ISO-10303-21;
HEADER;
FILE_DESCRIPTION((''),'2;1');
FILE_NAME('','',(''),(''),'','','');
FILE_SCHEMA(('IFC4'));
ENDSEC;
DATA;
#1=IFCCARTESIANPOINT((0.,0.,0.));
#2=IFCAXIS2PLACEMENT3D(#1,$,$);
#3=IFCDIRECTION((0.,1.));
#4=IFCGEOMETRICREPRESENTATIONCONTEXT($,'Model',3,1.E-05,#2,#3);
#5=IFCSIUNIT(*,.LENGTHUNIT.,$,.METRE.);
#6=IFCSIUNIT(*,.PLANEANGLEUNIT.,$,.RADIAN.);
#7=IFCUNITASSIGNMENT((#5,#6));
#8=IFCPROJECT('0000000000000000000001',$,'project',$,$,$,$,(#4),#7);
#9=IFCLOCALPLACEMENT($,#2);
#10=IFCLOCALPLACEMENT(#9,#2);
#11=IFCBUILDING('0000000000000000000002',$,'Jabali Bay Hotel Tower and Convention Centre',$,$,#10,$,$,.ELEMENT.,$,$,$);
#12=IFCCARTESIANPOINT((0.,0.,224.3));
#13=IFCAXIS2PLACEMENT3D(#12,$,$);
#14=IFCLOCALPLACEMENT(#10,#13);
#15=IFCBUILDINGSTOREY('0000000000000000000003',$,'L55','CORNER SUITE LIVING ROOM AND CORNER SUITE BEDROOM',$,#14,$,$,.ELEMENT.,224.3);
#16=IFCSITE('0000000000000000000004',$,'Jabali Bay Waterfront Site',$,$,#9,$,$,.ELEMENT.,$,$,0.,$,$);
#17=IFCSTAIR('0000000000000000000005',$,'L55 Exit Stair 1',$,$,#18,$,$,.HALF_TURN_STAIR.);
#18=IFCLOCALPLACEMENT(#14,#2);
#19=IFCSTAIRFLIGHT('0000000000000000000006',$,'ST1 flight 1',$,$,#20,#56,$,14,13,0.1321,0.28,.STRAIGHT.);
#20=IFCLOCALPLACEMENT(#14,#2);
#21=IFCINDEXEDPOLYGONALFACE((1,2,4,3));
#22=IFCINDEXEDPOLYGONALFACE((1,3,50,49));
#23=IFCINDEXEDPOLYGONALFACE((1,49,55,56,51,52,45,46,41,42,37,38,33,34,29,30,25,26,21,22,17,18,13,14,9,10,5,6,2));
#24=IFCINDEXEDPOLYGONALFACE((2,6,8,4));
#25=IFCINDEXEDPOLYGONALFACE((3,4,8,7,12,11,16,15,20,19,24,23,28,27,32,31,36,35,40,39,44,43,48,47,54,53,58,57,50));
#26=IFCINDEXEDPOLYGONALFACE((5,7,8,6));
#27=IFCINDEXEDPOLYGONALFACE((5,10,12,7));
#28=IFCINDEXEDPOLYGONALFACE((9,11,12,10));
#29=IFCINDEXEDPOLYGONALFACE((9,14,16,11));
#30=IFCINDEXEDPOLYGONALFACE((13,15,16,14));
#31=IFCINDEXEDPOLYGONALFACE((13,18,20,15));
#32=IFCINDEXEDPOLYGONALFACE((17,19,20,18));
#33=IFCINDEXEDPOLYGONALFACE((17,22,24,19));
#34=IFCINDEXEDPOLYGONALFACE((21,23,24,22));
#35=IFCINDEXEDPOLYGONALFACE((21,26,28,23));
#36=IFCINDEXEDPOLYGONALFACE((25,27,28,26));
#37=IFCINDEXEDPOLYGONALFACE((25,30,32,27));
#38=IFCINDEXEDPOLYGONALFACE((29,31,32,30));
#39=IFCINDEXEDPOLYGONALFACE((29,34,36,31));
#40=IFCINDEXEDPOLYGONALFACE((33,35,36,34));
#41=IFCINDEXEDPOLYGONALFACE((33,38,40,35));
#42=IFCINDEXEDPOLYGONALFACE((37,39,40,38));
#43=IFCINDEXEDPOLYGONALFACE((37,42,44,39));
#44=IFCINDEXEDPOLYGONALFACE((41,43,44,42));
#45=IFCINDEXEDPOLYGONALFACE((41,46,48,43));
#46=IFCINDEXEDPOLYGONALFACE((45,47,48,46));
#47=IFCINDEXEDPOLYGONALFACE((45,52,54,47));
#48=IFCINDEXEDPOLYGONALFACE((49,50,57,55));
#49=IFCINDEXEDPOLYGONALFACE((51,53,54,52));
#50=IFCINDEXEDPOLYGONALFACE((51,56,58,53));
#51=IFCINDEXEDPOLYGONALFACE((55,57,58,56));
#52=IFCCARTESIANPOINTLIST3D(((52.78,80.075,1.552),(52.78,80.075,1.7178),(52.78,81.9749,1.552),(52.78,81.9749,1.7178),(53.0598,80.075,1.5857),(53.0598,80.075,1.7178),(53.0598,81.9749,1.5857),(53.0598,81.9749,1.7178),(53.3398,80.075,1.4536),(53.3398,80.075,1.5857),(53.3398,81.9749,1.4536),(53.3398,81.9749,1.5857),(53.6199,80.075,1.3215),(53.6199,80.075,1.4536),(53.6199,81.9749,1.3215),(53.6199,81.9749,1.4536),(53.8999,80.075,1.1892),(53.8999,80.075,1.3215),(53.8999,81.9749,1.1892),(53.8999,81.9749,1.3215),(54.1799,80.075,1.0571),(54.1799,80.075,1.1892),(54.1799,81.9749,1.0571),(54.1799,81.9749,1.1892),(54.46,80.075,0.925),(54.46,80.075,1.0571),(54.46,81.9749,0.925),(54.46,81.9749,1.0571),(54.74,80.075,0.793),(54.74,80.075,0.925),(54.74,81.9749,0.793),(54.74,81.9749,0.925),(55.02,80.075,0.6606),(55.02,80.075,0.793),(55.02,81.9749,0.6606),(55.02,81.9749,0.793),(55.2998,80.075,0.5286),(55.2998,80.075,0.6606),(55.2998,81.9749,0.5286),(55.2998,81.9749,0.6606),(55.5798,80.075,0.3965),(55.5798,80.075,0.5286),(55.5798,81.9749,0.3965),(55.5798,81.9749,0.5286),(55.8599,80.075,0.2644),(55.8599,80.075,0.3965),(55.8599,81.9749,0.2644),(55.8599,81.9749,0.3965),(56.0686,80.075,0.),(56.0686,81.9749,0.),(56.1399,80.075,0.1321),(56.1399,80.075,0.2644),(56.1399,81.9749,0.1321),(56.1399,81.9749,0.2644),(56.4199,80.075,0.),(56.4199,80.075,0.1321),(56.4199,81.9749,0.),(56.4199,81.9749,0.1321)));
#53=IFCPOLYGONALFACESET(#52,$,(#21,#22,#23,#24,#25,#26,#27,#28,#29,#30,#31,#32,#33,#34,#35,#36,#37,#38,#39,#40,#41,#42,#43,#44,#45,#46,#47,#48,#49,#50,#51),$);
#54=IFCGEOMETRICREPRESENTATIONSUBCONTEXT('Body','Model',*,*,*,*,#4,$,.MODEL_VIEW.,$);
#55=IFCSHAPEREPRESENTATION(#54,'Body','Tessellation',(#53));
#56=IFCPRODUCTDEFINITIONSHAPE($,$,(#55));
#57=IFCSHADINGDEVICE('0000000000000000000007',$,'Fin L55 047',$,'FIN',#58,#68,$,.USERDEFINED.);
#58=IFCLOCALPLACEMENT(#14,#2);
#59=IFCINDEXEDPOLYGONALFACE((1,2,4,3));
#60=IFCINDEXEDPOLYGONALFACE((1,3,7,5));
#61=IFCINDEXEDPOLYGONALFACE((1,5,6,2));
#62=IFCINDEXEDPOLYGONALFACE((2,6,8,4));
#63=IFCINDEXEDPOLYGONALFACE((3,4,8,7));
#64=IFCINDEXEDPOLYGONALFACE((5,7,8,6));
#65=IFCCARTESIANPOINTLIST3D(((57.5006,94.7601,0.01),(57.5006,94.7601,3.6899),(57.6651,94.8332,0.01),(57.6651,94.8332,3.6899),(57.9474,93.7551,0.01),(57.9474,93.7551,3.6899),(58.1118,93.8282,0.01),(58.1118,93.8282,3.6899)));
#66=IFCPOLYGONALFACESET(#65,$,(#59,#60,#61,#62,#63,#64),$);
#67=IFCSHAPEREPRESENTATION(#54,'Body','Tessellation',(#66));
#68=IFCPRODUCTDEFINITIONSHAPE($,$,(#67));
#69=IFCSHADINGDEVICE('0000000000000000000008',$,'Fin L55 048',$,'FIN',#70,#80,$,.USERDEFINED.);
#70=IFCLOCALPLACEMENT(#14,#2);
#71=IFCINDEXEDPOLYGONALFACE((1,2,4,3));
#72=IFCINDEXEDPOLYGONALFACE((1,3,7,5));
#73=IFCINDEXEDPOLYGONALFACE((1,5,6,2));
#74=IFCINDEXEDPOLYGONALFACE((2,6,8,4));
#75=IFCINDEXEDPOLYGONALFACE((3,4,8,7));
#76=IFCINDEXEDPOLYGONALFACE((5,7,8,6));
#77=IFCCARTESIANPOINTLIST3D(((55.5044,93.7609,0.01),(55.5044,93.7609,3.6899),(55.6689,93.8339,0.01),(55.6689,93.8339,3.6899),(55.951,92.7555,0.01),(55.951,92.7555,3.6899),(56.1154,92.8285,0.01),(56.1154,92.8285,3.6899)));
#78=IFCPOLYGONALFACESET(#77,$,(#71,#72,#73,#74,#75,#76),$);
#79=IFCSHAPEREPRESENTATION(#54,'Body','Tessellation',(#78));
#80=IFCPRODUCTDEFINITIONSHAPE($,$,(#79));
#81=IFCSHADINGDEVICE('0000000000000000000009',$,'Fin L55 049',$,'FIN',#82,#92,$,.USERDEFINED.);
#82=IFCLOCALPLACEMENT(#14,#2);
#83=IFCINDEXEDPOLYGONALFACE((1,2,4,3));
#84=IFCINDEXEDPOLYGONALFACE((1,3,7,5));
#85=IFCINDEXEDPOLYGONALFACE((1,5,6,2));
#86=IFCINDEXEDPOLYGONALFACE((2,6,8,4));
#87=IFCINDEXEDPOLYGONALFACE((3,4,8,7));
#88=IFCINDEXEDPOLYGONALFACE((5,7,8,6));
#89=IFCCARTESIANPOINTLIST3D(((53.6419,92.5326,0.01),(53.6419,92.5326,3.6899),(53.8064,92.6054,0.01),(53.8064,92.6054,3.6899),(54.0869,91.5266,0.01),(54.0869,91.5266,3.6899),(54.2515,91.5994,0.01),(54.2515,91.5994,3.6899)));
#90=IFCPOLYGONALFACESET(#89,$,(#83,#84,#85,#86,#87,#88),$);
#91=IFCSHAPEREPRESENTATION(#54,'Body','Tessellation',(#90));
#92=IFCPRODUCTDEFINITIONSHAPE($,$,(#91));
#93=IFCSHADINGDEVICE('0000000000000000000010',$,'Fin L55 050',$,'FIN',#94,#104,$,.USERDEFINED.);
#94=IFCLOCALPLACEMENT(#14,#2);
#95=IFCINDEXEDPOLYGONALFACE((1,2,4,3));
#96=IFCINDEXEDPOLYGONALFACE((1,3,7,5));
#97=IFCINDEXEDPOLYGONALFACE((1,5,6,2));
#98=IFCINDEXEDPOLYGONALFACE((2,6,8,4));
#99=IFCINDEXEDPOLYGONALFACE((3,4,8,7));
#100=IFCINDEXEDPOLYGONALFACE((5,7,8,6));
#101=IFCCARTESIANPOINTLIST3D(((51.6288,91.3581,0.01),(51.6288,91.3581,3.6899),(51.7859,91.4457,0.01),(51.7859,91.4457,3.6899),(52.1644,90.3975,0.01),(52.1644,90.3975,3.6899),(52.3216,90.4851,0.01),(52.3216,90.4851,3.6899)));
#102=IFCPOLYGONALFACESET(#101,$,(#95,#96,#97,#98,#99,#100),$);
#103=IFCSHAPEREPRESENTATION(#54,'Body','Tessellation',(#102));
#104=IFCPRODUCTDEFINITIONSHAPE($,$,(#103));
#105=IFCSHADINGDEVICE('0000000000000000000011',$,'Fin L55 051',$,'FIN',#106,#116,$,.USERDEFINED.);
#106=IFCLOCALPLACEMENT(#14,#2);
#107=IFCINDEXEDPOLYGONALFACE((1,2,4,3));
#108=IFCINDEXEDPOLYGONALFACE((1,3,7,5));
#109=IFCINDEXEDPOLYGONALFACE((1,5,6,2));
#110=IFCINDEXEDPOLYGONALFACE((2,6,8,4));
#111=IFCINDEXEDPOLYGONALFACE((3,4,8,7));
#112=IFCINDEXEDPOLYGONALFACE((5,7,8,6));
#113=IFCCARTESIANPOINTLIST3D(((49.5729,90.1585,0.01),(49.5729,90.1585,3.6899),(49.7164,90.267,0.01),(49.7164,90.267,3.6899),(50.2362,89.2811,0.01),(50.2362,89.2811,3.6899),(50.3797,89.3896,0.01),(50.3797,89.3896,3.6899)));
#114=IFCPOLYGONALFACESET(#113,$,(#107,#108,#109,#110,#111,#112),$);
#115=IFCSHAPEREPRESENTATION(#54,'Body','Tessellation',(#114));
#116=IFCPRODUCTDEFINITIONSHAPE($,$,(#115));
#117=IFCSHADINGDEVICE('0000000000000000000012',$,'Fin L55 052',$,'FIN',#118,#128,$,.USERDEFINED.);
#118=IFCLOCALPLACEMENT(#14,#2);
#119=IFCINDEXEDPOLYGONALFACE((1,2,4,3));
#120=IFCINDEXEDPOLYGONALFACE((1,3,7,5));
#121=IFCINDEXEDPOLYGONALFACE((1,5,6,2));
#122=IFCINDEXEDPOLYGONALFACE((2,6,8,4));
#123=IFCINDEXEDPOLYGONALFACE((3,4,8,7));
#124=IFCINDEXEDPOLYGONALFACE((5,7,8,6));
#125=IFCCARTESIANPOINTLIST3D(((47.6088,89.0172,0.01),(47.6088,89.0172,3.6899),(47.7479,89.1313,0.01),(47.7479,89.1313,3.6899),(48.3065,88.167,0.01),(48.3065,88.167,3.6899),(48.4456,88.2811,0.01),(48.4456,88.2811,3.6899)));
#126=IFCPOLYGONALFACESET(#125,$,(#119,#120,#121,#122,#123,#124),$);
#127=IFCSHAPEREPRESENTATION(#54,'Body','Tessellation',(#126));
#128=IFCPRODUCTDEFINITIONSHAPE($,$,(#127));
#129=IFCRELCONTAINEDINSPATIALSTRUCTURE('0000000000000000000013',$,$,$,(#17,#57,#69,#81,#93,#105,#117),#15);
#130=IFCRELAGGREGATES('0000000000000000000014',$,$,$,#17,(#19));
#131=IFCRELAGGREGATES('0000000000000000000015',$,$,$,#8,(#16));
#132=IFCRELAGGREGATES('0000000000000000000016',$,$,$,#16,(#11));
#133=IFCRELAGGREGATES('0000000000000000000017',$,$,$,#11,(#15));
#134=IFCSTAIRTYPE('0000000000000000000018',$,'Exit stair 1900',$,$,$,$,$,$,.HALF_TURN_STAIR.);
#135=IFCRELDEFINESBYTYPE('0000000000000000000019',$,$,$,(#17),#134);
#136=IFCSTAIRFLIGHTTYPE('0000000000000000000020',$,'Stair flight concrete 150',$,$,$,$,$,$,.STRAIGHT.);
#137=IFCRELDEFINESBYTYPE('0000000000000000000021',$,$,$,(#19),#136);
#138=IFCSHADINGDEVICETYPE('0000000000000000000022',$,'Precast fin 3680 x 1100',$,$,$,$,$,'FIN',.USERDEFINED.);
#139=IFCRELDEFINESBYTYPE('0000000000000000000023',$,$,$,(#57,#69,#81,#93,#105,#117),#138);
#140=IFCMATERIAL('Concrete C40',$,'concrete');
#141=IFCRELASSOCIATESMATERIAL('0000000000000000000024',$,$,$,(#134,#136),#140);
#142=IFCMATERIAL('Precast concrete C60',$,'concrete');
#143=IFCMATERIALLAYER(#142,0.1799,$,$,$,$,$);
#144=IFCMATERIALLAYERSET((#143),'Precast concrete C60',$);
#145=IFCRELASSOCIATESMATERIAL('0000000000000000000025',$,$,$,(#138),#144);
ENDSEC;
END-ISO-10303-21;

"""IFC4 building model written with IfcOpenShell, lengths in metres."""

from ifc_helpers import new_model, si_unit, direction, frame, frame_2d, origin, place, context, subcontext, project, spatial, polyline, rectangle, outline, extrude, material, layer, layer_set, type_object, element, aggregate, save


model = new_model("IFC4")

# Units and contexts
model_context = context("Model", 3, precision=1e-05, world=origin(), true_north=direction((0.0, 1.0)))
body_context = subcontext(model_context, "Body", "Model", "MODEL_VIEW")
ifc_project = project(units=[si_unit("LENGTHUNIT", "METRE"), si_unit("PLANEANGLEUNIT", "RADIAN")], contexts=[model_context])

# Site, building, storey
site_placement = place(None, origin())
site = spatial("IfcSite", under=ifc_project, at=site_placement, Name="Jabali Bay Waterfront Site", CompositionType="ELEMENT", RefElevation=0.0)
building_placement = place(site_placement, origin())
building = spatial("IfcBuilding", under=site, at=building_placement, Name="Jabali Bay Hotel Tower and Convention Centre", CompositionType="ELEMENT")
storey_placement = place(building_placement, frame((0.0, 0.0, 224.3)))
storey = spatial("IfcBuildingStorey", under=building, at=storey_placement, Name="L55", Description="CORNER SUITE LIVING ROOM AND CORNER SUITE BEDROOM", CompositionType="ELEMENT", Elevation=224.3)

# Shared definitions
ifc_material_1 = material(Name="Concrete C40", Category="concrete")

# Stair, stair flight
stair_type = type_object("IfcStairType", Name="Exit stair 1900", PredefinedType="HALF_TURN_STAIR", material=ifc_material_1)
stair_placement = place(storey_placement, origin())
stair = element("IfcStair", 1, at=stair_placement, inside=storey, type_object=stair_type, Name="L55 Exit Stair 1", PredefinedType="HALF_TURN_STAIR")
stair_flight_type = type_object("IfcStairFlightType", Name="Stair flight concrete 150", PredefinedType="STRAIGHT", material=ifc_material_1)
stair_flight_placement = place(storey_placement, frame((56.4199, 81.0249, 0.0), z_axis=(0.0, 0.0, 1.0), x_axis=(-1.0, 0.0, 0.0)))
stair_flight = element("IfcStairFlight", 2, at=stair_flight_placement, type_object=stair_flight_type, Name="ST1 flight 1", NumberOfRisers=14, NumberOfTreads=13, PredefinedType="STRAIGHT", RiserHeight=0.1321, TreadLength=0.28, context=body_context, shape_type="SweptSolid", body=[
    extrude(outline(polyline([(0.0, 0.0), (0.0, 0.1321), (0.28, 0.1321), (0.28, 0.2644), (0.5601, 0.2644), (0.5601, 0.3965), (0.8401, 0.3965), (0.8401, 0.5286), (1.1201, 0.5286), (1.1201, 0.6606), (1.3999, 0.6606), (1.3999, 0.793), (1.6799, 0.793), (1.6799, 0.925), (1.96, 0.925), (1.96, 1.0571), (2.24, 1.0571), (2.24, 1.1892), (2.52, 1.1892), (2.52, 1.3215), (2.8, 1.3215), (2.8, 1.4536), (3.0801, 1.4536), (3.0801, 1.5857), (3.3601, 1.5857), (3.3601, 1.7178), (3.6399, 1.7178), (3.6399, 1.8501), (3.6399, 1.552), (0.3513, 0.0), (0.0, 0.0)])), frame((0.0, 0.95, 0.0), z_axis=(0.0, -1.0, 0.0), x_axis=(1.0, 0.0, 0.0)), (0.0, 0.0, 1.0), 1.8999),
])
aggregate(stair, [stair_flight])

# Shading devices
ifc_material_2 = material(Name="Precast concrete C60", Category="concrete")
ifc_layer_1 = layer(ifc_material_2, 0.1799)
ifc_layer_set_1 = layer_set([ifc_layer_1], Name="Precast concrete C60")
shading_device_type = type_object("IfcShadingDeviceType", Name="Precast fin 3680 x 1100", ElementType="FIN", PredefinedType="USERDEFINED", material=ifc_layer_set_1)
shading_device_placement = place(storey_placement, frame((58.0295, 93.7917, 0.01), z_axis=(0.0, 0.0, 1.0), x_axis=(-0.40618, 0.913793, 0.0)))
element("IfcShadingDevice", 3, at=shading_device_placement, inside=storey, type_object=shading_device_type, Name="Fin L55 047", ObjectType="FIN", PredefinedType="USERDEFINED", context=body_context, shape_type="SweptSolid", body=[
    extrude(rectangle(XDim=1.0999, YDim=0.1799, at=frame_2d((0.5498, 0.0))), origin(), (0.0, 0.0, 1.0), 3.6799),
])
for number, where, z_axis, x_axis, name in (
    (4, (56.0332, 92.792, 0.01), (0.0, 0.0, 1.0), (-0.405912, 0.913912, 0.0), "Fin L55 048"),
    (5, (54.1692, 91.563, 0.01), (0.0, 0.0, 1.0), (-0.404552, 0.914515, 0.0), "Fin L55 049"),
):
    element("IfcShadingDevice", number, at=place(storey_placement, frame(where, z_axis=z_axis, x_axis=x_axis)), inside=storey, type_object=shading_device_type, Name=name, ObjectType="FIN", PredefinedType="USERDEFINED", context=body_context, shape_type="SweptSolid", body=[
        extrude(rectangle(XDim=1.1001, YDim=0.1799, at=frame_2d((0.55, 0.0))), origin(), (0.0, 0.0, 1.0), 3.6799),
    ])
for number, where, z_axis, x_axis, name in (
    (6, (52.2429, 90.4414, 0.01), (0.0, 0.0, 1.0), (-0.48698, 0.873413, 0.0), "Fin L55 050"),
    (7, (50.3079, 89.3354, 0.01), (0.0, 0.0, 1.0), (-0.60305, 0.797704, 0.0), "Fin L55 051"),
    (8, (48.376, 88.2241, 0.01), (0.0, 0.0, 1.0), (-0.634337, 0.773057, 0.0), "Fin L55 052"),
):
    element("IfcShadingDevice", number, at=place(storey_placement, frame(where, z_axis=z_axis, x_axis=x_axis)), inside=storey, type_object=shading_device_type, Name=name, ObjectType="FIN", PredefinedType="USERDEFINED", context=body_context, shape_type="SweptSolid", body=[
        extrude(rectangle(XDim=1.0999, YDim=0.1799, at=frame_2d((0.5498, 0.0))), origin(), (0.0, 0.0, 1.0), 3.6799),
    ])

save(model, "model.ifc")
